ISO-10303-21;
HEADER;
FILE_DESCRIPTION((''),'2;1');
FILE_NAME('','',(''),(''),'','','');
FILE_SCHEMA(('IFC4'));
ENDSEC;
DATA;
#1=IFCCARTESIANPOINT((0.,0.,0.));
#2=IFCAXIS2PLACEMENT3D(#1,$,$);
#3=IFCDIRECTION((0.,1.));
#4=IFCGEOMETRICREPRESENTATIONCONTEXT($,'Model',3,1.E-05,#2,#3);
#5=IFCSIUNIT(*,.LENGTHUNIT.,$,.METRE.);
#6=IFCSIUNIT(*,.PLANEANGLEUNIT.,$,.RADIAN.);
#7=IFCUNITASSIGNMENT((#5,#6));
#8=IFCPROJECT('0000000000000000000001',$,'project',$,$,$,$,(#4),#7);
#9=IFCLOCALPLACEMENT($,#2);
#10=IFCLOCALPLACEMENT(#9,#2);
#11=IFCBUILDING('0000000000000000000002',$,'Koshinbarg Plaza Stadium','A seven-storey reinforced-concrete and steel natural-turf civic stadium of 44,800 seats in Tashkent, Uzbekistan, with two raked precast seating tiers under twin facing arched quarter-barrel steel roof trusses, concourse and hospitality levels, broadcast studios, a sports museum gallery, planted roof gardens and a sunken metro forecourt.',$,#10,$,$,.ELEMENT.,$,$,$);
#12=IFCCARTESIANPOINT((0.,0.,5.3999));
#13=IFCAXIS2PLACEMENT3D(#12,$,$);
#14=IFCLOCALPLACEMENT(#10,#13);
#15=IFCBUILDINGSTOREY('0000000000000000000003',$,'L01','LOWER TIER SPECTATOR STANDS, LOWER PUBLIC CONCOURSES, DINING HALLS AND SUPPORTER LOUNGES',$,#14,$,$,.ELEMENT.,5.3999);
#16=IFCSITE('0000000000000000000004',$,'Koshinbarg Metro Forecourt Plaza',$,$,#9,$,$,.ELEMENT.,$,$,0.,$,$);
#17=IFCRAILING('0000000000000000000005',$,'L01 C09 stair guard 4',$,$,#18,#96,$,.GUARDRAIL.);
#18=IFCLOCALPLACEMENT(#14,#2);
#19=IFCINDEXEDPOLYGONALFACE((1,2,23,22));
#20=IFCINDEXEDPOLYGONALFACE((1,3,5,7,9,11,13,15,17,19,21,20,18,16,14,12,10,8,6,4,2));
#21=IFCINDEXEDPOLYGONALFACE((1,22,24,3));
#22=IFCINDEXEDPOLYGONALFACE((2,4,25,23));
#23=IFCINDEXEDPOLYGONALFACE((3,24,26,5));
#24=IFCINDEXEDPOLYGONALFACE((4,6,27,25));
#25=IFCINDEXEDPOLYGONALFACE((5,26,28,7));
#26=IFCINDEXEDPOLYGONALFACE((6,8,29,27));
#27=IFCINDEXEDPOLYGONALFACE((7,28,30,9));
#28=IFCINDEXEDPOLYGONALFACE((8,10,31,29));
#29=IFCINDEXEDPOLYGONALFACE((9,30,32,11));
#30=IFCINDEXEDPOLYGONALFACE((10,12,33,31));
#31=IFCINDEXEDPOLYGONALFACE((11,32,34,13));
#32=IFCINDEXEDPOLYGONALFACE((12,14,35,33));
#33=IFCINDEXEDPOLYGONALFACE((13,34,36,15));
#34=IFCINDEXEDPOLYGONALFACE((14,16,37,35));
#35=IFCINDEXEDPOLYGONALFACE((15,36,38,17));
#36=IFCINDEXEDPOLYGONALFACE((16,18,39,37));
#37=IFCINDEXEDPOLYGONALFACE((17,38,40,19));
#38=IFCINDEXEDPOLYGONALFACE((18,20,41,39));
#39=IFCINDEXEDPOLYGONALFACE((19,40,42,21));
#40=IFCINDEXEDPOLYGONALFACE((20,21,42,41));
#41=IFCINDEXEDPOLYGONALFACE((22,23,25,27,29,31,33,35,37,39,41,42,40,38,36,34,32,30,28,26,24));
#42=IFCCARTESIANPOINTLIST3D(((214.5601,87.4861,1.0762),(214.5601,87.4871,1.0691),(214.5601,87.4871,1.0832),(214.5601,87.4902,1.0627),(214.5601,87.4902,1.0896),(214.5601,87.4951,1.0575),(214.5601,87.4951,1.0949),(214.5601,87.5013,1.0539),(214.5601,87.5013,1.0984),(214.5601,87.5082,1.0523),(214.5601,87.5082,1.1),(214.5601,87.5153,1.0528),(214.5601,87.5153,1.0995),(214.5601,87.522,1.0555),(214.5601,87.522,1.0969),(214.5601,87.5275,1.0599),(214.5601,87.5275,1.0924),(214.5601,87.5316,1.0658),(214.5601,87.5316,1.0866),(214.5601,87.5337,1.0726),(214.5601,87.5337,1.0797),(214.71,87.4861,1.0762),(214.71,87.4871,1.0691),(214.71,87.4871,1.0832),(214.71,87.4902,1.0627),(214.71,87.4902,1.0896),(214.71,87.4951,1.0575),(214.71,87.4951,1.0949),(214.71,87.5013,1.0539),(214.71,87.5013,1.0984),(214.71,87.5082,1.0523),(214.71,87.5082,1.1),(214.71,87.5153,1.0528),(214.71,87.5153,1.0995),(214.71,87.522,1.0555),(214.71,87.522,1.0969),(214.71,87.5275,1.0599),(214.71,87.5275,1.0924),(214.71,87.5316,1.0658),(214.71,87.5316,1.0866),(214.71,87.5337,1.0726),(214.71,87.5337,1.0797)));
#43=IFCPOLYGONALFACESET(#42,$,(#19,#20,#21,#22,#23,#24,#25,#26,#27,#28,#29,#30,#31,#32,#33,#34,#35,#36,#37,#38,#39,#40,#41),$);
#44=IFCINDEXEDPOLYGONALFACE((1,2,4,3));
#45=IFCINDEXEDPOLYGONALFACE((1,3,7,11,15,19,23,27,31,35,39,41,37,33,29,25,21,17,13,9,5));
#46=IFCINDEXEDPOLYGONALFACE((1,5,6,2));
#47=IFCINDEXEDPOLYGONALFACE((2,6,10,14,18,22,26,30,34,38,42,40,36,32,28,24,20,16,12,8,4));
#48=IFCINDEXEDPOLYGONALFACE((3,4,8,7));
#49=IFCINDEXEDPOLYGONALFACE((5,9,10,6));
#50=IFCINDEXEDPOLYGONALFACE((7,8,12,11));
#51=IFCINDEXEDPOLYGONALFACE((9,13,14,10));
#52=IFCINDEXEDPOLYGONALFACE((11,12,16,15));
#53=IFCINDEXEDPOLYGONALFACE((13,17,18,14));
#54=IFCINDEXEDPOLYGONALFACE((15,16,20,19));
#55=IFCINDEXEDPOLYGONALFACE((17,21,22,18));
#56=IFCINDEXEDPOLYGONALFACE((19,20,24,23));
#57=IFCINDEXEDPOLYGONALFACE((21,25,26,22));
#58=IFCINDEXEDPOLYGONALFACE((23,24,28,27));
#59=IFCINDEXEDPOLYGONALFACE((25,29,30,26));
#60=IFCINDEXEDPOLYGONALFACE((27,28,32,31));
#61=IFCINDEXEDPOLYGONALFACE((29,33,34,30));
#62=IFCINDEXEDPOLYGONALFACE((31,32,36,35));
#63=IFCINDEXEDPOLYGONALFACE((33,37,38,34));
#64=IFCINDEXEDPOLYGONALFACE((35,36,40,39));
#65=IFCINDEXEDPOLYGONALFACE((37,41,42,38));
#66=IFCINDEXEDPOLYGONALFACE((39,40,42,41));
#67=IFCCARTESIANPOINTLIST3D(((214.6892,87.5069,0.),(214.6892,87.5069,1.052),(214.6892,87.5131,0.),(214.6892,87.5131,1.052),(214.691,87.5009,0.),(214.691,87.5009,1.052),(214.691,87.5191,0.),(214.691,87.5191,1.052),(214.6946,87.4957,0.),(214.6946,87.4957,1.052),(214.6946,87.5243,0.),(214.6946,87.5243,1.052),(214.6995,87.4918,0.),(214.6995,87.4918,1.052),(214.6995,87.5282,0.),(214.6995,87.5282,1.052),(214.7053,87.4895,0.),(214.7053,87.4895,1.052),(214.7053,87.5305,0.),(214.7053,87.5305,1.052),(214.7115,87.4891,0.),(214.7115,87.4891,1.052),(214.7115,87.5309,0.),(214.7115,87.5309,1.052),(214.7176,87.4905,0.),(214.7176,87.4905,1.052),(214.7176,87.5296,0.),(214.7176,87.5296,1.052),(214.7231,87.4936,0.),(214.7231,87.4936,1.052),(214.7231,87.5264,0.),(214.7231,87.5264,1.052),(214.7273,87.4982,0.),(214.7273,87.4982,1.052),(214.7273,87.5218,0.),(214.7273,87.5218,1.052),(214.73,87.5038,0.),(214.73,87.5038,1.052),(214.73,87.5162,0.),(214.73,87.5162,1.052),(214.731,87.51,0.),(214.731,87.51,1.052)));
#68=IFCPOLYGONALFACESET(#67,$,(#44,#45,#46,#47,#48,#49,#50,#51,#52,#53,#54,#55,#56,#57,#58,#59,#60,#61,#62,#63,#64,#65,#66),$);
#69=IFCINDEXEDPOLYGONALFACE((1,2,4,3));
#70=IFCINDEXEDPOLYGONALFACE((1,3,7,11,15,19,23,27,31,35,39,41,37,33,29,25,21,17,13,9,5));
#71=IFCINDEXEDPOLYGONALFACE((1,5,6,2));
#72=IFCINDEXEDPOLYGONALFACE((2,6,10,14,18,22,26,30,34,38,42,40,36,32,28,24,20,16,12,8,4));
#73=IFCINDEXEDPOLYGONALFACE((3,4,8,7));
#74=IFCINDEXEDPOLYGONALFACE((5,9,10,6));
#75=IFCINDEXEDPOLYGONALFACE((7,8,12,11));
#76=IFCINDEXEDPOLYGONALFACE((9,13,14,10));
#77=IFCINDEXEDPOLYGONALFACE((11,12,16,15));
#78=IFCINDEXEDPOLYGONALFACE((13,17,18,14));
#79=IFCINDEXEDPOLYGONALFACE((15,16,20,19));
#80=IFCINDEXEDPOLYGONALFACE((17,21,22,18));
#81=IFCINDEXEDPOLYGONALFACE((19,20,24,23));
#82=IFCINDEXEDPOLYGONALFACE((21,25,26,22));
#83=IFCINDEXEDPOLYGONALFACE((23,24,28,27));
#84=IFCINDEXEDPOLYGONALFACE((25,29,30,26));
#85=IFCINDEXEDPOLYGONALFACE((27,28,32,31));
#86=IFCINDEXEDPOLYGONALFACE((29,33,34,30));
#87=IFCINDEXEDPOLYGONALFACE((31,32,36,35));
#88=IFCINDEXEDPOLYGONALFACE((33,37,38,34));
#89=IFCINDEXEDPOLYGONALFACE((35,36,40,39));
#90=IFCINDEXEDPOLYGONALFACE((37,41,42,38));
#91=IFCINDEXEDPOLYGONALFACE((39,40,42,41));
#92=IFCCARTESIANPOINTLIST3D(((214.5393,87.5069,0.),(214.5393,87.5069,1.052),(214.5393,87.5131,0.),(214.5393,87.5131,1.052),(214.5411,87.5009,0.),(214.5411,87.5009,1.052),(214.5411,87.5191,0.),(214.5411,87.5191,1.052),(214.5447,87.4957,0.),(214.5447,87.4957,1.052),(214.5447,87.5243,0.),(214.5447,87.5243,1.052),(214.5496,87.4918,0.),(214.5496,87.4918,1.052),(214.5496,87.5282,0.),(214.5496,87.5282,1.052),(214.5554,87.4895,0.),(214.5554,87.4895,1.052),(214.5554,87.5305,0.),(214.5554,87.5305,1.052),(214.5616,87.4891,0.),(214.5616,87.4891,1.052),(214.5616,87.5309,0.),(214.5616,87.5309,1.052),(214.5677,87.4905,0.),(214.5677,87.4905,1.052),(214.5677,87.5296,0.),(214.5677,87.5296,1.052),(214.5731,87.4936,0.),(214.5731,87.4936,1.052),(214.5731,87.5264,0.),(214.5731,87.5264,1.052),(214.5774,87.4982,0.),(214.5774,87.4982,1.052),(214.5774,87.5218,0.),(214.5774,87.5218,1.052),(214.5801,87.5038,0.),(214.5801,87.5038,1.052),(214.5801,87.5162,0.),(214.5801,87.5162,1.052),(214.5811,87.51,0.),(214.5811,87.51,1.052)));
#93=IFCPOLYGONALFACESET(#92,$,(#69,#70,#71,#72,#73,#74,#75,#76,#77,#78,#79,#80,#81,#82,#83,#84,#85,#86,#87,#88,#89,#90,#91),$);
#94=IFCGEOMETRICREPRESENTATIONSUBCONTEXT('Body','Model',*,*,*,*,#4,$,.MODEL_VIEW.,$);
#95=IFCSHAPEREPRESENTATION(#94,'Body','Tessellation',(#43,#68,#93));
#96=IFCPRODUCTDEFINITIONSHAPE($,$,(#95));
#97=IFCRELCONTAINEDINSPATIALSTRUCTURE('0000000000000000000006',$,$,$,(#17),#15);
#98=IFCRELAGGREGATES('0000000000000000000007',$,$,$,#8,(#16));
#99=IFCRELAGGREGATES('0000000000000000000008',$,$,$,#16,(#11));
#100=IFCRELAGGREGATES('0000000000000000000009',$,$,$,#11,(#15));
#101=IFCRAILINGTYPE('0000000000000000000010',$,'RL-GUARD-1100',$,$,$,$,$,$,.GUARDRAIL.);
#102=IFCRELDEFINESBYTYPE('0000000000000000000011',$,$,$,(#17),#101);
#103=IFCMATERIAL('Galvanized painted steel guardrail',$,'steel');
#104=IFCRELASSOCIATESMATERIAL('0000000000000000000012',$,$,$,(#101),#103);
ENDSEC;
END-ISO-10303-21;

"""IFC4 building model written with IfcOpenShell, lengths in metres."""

from ifc_helpers import new_model, si_unit, direction, frame, origin, origin_2d, place, context, subcontext, project, spatial, circle, extrude, material, type_object, element, save


model = new_model("IFC4")

# Units and contexts
model_context = context("Model", 3, precision=1e-05, world=origin(), true_north=direction((0.0, 1.0)))
body_context = subcontext(model_context, "Body", "Model", "MODEL_VIEW")
ifc_project = project(units=[si_unit("LENGTHUNIT", "METRE"), si_unit("PLANEANGLEUNIT", "RADIAN")], contexts=[model_context])

# Site, building, storey
site_placement = place(None, origin())
site = spatial("IfcSite", under=ifc_project, at=site_placement, Name="Koshinbarg Metro Forecourt Plaza", CompositionType="ELEMENT", RefElevation=0.0)
building_placement = place(site_placement, origin())
building = spatial("IfcBuilding", under=site, at=building_placement, Name="Koshinbarg Plaza Stadium", Description="A seven-storey reinforced-concrete and steel natural-turf civic stadium of 44,800 seats in Tashkent, Uzbekistan, with two raked precast seating tiers under twin facing arched quarter-barrel steel roof trusses, concourse and hospitality levels, broadcast studios, a sports museum gallery, planted roof gardens and a sunken metro forecourt.", CompositionType="ELEMENT")
storey_placement = place(building_placement, frame((0.0, 0.0, 5.3999)))
storey = spatial("IfcBuildingStorey", under=building, at=storey_placement, Name="L01", Description="LOWER TIER SPECTATOR STANDS, LOWER PUBLIC CONCOURSES, DINING HALLS AND SUPPORTER LOUNGES", CompositionType="ELEMENT", Elevation=5.3999)

# Railing
ifc_material_1 = material(Name="Galvanized painted steel guardrail", Category="steel")
railing_type_1 = type_object("IfcRailingType", Name="RL-GUARD-1100", PredefinedType="GUARDRAIL", material=ifc_material_1)
railing_1_placement = place(storey_placement, frame((214.71, 87.51, 0.0)))
element("IfcRailing", 1, at=railing_1_placement, inside=storey, type_object=railing_type_1, Name="L01 C09 stair guard 4", PredefinedType="GUARDRAIL", context=body_context, shape_type="SweptSolid", body=[
    extrude(circle(Radius=0.0239, at=origin_2d()), frame((0.0, 0.0, 1.0762), z_axis=(-1.0, 0.0, 0.0), x_axis=(0.0, -1.0, 0.0)), (0.0, 0.0, 1.0), 0.1499),
    extrude(circle(Radius=0.021, at=origin_2d()), origin(), (0.0, 0.0, 1.0), 1.052),
    extrude(circle(Radius=0.021, at=origin_2d()), frame((-0.1499, 0.0, 0.0)), (0.0, 0.0, 1.0), 1.052),
])

save(model, "model.ifc")
